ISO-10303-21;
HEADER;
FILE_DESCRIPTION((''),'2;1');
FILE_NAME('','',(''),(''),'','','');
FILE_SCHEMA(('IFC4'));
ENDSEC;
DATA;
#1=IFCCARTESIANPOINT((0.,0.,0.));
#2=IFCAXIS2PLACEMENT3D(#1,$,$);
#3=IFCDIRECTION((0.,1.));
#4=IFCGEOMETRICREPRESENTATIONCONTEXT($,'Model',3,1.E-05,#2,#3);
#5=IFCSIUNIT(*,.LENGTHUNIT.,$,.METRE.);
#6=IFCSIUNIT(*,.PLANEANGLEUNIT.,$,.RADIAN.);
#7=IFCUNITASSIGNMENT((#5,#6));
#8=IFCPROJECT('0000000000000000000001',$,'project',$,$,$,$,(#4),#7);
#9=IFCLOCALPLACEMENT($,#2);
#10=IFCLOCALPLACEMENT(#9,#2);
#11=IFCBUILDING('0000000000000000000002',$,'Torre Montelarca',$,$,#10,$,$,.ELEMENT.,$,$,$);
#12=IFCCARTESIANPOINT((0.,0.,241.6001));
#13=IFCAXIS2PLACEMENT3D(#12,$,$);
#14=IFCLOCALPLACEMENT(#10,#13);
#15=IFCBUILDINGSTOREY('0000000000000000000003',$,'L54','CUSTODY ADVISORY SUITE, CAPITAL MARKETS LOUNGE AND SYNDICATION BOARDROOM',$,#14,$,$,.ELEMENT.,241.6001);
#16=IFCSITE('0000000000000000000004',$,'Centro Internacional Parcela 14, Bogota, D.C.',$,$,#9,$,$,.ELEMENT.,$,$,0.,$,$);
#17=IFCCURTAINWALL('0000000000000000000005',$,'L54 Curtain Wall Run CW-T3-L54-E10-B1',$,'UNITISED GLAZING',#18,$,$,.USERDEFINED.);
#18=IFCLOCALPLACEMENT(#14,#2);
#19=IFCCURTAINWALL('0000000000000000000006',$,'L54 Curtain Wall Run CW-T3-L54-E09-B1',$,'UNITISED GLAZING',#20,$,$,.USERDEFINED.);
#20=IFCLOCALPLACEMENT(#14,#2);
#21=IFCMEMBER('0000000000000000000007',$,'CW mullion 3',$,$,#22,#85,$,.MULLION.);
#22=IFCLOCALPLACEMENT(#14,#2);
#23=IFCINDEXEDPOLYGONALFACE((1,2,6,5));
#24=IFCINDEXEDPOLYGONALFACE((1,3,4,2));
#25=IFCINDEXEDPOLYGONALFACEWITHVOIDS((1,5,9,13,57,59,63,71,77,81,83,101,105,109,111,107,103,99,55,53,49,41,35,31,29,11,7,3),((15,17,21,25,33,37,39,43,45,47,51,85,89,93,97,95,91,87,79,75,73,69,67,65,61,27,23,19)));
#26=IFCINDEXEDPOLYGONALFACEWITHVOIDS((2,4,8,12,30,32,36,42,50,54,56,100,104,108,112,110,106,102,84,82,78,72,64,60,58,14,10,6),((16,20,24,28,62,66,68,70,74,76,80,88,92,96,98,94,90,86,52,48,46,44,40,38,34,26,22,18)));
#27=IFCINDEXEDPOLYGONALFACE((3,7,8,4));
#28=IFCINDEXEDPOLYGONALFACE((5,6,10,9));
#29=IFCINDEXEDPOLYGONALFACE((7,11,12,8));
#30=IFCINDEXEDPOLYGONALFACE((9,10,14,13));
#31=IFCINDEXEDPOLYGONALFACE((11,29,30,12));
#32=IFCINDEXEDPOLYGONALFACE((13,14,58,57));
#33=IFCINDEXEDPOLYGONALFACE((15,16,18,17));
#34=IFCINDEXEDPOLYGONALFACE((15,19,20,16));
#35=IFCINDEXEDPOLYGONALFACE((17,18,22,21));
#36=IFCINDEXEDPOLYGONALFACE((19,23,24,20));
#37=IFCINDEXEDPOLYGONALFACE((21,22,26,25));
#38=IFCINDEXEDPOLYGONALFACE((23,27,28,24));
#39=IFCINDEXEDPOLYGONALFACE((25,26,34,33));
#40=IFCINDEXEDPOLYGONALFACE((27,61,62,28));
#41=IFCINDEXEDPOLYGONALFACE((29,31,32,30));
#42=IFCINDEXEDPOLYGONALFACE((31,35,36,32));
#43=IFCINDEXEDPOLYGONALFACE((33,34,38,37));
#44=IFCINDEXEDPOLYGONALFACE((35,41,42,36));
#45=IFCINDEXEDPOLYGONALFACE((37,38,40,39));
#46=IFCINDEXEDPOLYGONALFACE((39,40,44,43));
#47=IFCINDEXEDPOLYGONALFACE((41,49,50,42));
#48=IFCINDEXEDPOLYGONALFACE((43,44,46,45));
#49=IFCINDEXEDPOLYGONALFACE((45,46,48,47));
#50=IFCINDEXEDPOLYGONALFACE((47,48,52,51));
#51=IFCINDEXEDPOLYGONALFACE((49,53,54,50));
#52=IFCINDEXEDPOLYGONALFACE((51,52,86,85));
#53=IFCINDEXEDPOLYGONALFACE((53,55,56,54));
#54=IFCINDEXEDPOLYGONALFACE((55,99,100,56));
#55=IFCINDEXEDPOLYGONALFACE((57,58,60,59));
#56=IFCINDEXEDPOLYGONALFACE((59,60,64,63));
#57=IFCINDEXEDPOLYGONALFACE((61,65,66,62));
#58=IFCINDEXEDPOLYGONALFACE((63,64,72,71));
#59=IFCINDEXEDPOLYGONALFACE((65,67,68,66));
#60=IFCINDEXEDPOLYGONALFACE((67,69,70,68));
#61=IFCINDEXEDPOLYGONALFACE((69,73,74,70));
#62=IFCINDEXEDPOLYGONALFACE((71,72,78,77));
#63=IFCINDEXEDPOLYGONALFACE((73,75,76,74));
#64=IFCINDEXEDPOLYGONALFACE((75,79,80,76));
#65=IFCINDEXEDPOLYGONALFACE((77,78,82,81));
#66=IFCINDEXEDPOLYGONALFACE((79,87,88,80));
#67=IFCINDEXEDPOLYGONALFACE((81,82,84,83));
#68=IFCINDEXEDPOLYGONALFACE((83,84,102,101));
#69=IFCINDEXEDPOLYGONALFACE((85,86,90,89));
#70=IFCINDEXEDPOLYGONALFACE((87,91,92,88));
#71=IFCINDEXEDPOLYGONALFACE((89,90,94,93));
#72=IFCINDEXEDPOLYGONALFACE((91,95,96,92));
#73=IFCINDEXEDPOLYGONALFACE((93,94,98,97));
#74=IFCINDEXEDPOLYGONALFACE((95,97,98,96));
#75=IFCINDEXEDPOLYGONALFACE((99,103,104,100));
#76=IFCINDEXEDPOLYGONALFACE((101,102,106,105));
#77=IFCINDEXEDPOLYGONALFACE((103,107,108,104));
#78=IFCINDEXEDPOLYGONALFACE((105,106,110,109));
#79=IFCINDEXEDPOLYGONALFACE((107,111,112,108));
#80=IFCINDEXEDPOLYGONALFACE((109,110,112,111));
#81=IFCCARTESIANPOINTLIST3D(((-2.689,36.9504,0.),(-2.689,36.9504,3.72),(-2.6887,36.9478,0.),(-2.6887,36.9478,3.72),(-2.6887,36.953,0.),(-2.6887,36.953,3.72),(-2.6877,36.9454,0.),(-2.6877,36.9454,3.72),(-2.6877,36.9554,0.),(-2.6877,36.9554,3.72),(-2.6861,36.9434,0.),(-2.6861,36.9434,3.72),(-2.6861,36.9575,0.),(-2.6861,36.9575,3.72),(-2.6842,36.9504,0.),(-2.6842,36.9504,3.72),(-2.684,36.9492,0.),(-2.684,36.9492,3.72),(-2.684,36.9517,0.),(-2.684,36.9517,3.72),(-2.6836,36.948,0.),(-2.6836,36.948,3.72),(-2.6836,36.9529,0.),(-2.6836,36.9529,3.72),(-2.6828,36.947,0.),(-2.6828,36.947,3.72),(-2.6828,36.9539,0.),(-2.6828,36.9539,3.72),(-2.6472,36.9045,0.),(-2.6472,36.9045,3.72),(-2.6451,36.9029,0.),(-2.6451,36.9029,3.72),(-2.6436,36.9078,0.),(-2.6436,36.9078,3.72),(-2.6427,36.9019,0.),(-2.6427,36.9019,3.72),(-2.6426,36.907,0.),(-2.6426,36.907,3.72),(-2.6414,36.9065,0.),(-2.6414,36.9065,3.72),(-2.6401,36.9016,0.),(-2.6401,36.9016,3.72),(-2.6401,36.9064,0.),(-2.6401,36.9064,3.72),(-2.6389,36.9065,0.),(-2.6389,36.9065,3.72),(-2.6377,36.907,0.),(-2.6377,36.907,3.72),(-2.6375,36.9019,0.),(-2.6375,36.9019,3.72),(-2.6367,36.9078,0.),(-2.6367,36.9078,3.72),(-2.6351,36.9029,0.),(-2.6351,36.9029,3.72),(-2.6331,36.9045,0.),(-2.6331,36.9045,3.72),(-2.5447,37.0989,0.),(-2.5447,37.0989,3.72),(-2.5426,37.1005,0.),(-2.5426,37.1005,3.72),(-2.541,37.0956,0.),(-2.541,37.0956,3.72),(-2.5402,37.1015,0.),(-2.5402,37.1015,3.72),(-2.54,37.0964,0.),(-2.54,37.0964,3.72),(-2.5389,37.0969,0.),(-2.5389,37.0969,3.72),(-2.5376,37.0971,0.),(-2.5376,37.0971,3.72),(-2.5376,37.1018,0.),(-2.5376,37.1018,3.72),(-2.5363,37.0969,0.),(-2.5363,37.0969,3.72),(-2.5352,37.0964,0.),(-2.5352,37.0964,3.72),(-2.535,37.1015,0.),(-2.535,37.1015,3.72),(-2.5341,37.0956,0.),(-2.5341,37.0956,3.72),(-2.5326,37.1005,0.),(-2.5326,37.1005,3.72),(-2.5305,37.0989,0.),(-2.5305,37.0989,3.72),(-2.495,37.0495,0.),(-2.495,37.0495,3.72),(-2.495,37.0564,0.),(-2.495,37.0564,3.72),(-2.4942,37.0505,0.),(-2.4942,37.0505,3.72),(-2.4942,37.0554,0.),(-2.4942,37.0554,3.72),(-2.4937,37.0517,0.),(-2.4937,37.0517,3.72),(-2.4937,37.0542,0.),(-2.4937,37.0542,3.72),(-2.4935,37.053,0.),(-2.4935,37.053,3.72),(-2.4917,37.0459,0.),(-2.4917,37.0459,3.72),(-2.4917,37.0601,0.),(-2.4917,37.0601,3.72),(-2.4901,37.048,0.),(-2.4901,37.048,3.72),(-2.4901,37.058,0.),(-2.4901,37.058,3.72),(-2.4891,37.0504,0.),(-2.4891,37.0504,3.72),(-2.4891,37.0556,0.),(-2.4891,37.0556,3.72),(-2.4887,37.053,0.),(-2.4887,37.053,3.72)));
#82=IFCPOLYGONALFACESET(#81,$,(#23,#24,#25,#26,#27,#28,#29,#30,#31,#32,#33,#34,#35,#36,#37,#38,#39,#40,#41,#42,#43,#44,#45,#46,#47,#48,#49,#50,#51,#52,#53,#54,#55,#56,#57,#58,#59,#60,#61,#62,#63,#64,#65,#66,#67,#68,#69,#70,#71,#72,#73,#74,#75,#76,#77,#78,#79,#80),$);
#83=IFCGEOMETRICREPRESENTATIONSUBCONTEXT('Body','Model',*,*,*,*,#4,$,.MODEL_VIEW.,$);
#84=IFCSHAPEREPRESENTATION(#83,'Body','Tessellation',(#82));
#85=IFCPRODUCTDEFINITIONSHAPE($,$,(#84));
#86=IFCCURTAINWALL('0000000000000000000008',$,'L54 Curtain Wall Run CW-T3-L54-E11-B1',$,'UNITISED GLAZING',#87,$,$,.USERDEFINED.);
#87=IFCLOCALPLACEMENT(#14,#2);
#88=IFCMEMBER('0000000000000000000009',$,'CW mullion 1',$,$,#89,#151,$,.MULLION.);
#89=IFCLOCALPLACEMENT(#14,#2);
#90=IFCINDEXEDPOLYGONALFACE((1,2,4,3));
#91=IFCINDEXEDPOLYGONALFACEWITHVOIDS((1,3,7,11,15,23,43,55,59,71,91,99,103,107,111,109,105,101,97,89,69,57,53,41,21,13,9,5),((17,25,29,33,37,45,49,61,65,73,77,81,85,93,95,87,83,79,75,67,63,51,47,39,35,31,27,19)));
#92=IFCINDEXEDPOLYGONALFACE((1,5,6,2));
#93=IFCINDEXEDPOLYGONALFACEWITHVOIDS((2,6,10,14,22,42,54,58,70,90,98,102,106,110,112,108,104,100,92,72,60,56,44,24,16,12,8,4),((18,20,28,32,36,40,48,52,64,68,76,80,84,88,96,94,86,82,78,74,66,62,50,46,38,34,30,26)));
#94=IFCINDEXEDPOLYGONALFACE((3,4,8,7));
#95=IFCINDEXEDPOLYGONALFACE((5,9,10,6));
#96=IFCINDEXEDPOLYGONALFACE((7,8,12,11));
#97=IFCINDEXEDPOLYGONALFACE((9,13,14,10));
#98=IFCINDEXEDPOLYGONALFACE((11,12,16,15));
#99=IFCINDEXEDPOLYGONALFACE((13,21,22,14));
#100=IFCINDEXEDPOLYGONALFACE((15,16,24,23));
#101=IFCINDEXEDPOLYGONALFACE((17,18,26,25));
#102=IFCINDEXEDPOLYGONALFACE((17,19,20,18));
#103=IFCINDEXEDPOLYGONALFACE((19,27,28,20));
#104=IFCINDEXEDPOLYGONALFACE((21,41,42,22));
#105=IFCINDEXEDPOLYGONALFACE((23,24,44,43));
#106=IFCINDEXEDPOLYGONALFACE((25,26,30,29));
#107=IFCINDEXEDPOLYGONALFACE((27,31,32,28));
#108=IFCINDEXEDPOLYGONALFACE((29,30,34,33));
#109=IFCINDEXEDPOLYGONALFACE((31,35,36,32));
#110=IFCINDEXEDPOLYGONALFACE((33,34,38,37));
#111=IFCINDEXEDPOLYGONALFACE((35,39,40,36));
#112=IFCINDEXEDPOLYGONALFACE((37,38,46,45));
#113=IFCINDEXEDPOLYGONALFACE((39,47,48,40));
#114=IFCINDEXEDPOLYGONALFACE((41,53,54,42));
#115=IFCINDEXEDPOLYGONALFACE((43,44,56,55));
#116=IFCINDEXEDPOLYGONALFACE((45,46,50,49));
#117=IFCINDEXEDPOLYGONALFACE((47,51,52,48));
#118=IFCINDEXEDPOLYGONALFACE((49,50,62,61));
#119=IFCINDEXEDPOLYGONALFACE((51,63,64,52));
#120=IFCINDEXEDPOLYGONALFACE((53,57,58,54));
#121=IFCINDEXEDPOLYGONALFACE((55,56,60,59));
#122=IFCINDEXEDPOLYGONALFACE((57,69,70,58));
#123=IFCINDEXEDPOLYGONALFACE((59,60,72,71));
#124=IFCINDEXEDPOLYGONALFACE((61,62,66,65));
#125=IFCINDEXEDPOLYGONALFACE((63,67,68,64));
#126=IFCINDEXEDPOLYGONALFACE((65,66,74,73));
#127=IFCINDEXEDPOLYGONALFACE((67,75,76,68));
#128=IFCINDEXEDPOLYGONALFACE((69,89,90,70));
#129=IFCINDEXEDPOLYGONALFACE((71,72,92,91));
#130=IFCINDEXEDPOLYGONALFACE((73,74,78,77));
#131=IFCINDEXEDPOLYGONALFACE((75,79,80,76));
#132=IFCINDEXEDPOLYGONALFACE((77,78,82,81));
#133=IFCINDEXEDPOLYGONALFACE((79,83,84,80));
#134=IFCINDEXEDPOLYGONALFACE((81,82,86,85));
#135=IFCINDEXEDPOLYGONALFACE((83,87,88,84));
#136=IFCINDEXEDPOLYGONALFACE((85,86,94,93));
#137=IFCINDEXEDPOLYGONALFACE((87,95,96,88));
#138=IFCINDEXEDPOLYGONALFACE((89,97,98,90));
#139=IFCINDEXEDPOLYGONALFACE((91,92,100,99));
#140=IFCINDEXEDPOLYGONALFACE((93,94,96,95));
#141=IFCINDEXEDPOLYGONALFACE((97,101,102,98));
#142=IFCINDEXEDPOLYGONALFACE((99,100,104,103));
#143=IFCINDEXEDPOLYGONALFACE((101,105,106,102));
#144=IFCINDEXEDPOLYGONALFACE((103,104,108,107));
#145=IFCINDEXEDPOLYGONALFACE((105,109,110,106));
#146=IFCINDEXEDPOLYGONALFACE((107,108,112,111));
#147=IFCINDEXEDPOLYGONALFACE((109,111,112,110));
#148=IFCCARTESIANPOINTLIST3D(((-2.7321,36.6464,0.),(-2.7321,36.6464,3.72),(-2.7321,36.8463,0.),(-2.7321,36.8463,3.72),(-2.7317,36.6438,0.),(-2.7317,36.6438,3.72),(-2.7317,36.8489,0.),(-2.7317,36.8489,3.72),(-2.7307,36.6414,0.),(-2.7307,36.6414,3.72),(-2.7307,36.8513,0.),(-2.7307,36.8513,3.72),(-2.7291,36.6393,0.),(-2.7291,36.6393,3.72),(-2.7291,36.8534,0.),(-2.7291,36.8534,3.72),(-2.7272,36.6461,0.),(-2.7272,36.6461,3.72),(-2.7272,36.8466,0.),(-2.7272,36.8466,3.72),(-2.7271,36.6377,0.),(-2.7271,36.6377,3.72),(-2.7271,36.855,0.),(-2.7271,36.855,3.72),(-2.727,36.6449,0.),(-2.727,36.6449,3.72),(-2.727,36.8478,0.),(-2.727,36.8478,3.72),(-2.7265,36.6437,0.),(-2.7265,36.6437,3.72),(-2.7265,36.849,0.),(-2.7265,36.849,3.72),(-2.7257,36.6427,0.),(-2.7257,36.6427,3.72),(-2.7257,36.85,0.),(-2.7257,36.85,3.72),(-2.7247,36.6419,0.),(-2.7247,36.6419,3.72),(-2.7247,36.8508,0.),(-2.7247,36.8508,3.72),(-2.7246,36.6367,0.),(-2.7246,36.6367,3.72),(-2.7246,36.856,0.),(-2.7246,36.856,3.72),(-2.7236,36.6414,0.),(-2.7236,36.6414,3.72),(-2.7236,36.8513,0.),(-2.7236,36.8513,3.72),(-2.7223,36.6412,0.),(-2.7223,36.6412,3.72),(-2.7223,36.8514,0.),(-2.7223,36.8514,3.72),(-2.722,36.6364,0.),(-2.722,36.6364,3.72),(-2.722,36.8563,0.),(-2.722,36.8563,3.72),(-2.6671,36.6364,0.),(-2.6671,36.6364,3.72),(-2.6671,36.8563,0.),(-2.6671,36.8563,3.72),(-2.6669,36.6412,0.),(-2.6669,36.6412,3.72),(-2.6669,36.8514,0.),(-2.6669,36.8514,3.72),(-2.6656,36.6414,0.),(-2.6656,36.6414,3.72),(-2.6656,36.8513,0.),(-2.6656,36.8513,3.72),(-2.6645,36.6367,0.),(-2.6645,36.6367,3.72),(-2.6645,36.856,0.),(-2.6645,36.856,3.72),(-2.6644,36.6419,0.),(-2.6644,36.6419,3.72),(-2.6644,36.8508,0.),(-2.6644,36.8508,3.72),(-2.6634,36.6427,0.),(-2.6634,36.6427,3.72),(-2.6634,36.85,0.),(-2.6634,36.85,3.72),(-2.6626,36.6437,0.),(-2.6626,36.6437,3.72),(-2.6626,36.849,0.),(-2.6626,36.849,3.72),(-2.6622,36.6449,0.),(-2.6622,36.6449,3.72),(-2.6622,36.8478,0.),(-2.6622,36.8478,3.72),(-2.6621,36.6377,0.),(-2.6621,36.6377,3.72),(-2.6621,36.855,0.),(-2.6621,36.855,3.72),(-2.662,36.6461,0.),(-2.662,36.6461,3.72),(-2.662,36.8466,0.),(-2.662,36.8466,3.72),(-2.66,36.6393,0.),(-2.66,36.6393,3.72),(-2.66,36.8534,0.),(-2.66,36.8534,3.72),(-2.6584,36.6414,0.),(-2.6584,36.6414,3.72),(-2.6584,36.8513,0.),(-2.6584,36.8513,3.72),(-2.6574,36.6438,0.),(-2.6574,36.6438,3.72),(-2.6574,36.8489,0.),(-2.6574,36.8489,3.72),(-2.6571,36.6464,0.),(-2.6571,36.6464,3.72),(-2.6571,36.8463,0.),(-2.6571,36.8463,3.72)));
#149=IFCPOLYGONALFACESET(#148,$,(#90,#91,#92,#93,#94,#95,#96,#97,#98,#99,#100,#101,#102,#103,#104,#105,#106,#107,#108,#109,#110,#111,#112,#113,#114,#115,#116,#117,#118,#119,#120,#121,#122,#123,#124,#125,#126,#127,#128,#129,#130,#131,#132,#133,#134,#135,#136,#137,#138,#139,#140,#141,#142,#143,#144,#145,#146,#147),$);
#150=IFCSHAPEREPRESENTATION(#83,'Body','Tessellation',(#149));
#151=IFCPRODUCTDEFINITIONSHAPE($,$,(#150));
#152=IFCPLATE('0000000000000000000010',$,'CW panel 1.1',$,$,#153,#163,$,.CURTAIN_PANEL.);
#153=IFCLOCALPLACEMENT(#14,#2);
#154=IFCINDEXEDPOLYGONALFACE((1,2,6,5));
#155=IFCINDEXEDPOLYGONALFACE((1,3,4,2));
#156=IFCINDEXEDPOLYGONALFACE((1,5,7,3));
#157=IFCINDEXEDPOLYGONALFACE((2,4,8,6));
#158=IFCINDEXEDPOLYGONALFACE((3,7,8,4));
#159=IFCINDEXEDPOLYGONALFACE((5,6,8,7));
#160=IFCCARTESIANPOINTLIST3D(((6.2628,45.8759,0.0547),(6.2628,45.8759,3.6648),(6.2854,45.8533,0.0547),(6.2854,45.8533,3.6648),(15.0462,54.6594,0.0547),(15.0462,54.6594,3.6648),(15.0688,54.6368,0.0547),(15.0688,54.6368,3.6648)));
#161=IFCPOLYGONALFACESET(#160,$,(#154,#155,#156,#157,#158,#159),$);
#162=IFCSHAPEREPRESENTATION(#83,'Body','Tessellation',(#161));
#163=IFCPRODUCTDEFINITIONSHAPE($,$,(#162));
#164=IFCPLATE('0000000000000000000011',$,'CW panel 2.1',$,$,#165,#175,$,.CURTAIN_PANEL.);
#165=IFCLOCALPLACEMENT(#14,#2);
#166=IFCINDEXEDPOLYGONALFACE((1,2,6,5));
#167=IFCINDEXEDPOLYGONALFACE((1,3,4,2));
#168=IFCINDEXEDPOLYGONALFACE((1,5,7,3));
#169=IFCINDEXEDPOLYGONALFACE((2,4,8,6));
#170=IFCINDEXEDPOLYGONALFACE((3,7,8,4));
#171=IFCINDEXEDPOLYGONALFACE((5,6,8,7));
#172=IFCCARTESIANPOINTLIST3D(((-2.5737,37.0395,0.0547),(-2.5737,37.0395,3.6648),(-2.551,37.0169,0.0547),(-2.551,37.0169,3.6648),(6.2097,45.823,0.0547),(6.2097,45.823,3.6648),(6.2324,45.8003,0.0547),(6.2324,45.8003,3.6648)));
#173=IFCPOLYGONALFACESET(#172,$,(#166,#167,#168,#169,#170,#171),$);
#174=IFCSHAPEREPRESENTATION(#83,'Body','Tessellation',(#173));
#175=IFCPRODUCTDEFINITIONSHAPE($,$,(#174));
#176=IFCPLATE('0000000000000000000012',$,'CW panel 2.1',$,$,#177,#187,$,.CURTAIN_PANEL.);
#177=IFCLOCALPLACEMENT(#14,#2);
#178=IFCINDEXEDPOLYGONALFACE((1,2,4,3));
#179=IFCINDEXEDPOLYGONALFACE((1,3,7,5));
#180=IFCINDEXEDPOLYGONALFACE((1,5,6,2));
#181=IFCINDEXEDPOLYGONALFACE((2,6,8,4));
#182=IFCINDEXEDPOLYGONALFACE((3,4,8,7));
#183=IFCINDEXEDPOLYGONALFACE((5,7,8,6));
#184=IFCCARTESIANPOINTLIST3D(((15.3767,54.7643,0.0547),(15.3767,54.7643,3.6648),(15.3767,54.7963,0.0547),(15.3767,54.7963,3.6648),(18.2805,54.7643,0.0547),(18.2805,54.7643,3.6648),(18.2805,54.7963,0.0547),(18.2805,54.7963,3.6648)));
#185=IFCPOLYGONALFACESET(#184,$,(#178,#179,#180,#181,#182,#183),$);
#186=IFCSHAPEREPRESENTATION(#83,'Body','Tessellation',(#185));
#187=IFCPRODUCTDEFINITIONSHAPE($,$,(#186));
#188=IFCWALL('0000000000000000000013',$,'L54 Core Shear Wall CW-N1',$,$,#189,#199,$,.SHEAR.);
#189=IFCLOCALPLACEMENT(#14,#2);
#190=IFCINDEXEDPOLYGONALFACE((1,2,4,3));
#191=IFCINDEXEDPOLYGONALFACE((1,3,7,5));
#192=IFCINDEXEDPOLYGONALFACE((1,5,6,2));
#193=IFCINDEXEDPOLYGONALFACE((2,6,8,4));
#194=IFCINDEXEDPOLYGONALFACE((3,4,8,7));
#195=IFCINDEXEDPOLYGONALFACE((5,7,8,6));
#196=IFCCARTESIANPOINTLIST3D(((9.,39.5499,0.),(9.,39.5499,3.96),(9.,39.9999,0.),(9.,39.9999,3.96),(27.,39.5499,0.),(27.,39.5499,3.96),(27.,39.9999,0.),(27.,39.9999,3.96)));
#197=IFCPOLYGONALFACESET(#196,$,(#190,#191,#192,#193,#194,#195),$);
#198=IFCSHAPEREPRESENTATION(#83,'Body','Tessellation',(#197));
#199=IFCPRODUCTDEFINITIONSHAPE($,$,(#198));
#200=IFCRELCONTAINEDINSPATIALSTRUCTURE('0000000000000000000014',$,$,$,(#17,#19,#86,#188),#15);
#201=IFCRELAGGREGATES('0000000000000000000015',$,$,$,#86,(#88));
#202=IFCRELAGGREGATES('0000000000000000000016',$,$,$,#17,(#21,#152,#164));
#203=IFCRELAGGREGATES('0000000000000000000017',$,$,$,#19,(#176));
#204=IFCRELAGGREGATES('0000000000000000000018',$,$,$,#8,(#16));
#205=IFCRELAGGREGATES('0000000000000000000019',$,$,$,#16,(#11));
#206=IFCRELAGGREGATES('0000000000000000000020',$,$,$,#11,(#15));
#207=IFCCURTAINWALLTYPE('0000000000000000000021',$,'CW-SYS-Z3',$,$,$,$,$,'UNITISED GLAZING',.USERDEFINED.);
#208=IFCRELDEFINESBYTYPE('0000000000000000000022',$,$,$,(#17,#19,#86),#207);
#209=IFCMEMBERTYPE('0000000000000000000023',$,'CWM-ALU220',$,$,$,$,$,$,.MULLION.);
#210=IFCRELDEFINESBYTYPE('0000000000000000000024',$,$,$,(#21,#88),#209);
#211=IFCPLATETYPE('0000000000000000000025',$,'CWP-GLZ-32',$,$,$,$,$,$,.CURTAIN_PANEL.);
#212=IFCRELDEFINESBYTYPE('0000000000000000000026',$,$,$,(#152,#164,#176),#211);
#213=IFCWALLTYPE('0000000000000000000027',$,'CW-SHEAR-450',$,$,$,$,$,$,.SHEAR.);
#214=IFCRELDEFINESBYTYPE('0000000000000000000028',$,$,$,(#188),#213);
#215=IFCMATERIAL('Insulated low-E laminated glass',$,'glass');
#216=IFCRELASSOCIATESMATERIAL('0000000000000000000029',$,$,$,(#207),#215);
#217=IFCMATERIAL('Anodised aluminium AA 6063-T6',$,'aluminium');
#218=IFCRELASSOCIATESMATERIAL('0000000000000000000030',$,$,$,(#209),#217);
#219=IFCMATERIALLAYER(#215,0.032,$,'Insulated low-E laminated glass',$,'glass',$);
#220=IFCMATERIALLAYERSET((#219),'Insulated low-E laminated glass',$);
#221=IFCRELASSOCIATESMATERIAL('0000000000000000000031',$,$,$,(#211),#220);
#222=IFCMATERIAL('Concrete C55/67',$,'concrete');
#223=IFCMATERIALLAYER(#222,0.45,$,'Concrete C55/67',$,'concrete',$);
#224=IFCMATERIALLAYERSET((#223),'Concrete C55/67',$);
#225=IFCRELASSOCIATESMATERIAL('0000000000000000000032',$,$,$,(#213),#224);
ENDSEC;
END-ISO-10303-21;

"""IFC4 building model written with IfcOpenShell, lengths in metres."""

from ifc_helpers import new_model, si_unit, direction, frame, frame_2d, origin, origin_2d, place, context, subcontext, project, spatial, rectangle, hollow_rectangle, extrude, source, transform, mapped, material, layer, layer_set, material_profile, profile_set, type_object, element, aggregate, save


model = new_model("IFC4")

# Units and contexts
model_context = context("Model", 3, precision=1e-05, world=origin(), true_north=direction((0.0, 1.0)))
body_context = subcontext(model_context, "Body", "Model", "MODEL_VIEW")
ifc_project = project(units=[si_unit("LENGTHUNIT", "METRE"), si_unit("PLANEANGLEUNIT", "RADIAN")], contexts=[model_context])

# Site, building, storey
site_placement = place(None, origin())
site = spatial("IfcSite", under=ifc_project, at=site_placement, Name="Centro Internacional Parcela 14, Bogota, D.C.", CompositionType="ELEMENT", RefElevation=0.0)
building_placement = place(site_placement, origin())
building = spatial("IfcBuilding", under=site, at=building_placement, Name="Torre Montelarca", CompositionType="ELEMENT")
storey_placement = place(building_placement, frame((0.0, 0.0, 241.6001)))
storey = spatial("IfcBuildingStorey", under=building, at=storey_placement, Name="L54", Description="CUSTODY ADVISORY SUITE, CAPITAL MARKETS LOUNGE AND SYNDICATION BOARDROOM", CompositionType="ELEMENT", Elevation=241.6001)

# Shared definitions
ifc_material_1 = material(Name="Concrete C55/67", Category="concrete")

# Curtain wall
ifc_material_2 = material(Name="Insulated low-E laminated glass", Category="glass")
curtain_wall_type = type_object("IfcCurtainWallType", Name="CW-SYS-Z3", ElementType="UNITISED GLAZING", PredefinedType="USERDEFINED", material=ifc_material_2)
curtain_wall_1_placement = place(storey_placement, origin())
curtain_wall_1 = element("IfcCurtainWall", 1, at=curtain_wall_1_placement, inside=storey, type_object=curtain_wall_type, Name="L54 Curtain Wall Run CW-T3-L54-E10-B1", ObjectType="UNITISED GLAZING", PredefinedType="USERDEFINED")
ifc_material_3 = material(Name="Anodised aluminium AA 6063-T6", Category="aluminium")

# Curtain wall
curtain_wall_2_placement = place(storey_placement, origin())
curtain_wall_2 = element("IfcCurtainWall", 2, at=curtain_wall_2_placement, inside=storey, type_object=curtain_wall_type, Name="L54 Curtain Wall Run CW-T3-L54-E09-B1", ObjectType="UNITISED GLAZING", PredefinedType="USERDEFINED")
ifc_material_profile_1 = material_profile(ifc_material_3, hollow_rectangle(XDim=0.075, YDim=0.22, WallThickness=0.0049, InnerFilletRadius=0.0049, OuterFilletRadius=0.01, at=origin_2d()), Name="ALU75X220X5", Category="aluminium")
ifc_profile_set_1 = profile_set([ifc_material_profile_1], Name="Anodised aluminium AA 6063-T6")
member_type_1 = type_object("IfcMemberType", Name="CWM-ALU220", PredefinedType="MULLION", material=ifc_profile_set_1)
shared_shape_1 = source(origin(), body_context, "Body", "SweptSolid", [
    extrude(hollow_rectangle(XDim=0.075, YDim=0.22, WallThickness=0.0049, InnerFilletRadius=0.0049, OuterFilletRadius=0.01, at=origin_2d()), origin(), (0.0, 0.0, 1.0), 3.72),
])

# Member
member_1_placement = place(storey_placement, frame((-2.5889, 37.0017, 0.0), z_axis=(0.0, 0.0, 1.0), x_axis=(0.707109, -0.707105, 0.0)))
member_1 = element("IfcMember", 3, at=member_1_placement, type_object=member_type_1, Name="CW mullion 3", PredefinedType="MULLION", context=body_context, shape_type="MappedRepresentation", body=[
    mapped(shared_shape_1, transform((0.0, 0.0, 0.0), scale=1.0)),
])

# Curtain wall, member
curtain_wall_3_placement = place(storey_placement, origin())
curtain_wall_3 = element("IfcCurtainWall", 4, at=curtain_wall_3_placement, inside=storey, type_object=curtain_wall_type, Name="L54 Curtain Wall Run CW-T3-L54-E11-B1", ObjectType="UNITISED GLAZING", PredefinedType="USERDEFINED")
member_2_placement = place(storey_placement, frame((-2.6946, 36.7463, 0.0), z_axis=(0.0, 0.0, 1.0), x_axis=(1.0, 0.0, 0.0)))
member_2 = element("IfcMember", 5, at=member_2_placement, type_object=member_type_1, Name="CW mullion 1", PredefinedType="MULLION", context=body_context, shape_type="MappedRepresentation", body=[
    mapped(shared_shape_1, transform((0.0, 0.0, 0.0), scale=1.0)),
])
aggregate(curtain_wall_3, [member_2])

# Plates
ifc_layer_1 = layer(ifc_material_2, 0.032, Name="Insulated low-E laminated glass", Category="glass")
ifc_layer_set_1 = layer_set([ifc_layer_1], Name="Insulated low-E laminated glass")
plate_type = type_object("IfcPlateType", Name="CWP-GLZ-32", PredefinedType="CURTAIN_PANEL", material=ifc_layer_set_1)
shared_shape_2 = source(origin(), body_context, "Body", "SweptSolid", [
    extrude(rectangle(XDim=12.4216, YDim=0.032, at=origin_2d()), origin(), (0.0, 0.0, 1.0), 3.6101),
])
plate_1_placement = place(storey_placement, frame((10.6658, 50.2563, 0.0547), z_axis=(0.0, 0.0, 1.0), x_axis=(-0.707105, -0.707109, 0.0)))
plate_1 = element("IfcPlate", 6, at=plate_1_placement, type_object=plate_type, Name="CW panel 1.1", PredefinedType="CURTAIN_PANEL", context=body_context, shape_type="MappedRepresentation", body=[
    mapped(shared_shape_2, transform((0.0, 0.0, 0.0), scale=1.0)),
])
plate_2_placement = place(storey_placement, frame((1.8293, 41.4199, 0.0547), z_axis=(0.0, 0.0, 1.0), x_axis=(-0.707105, -0.707109, 0.0)))
plate_2 = element("IfcPlate", 7, at=plate_2_placement, type_object=plate_type, Name="CW panel 2.1", PredefinedType="CURTAIN_PANEL", context=body_context, shape_type="MappedRepresentation", body=[
    mapped(shared_shape_2, transform((0.0, 0.0, 0.0), scale=1.0)),
])
aggregate(curtain_wall_1, [member_1, plate_1, plate_2])
shared_shape_3 = source(origin(), body_context, "Body", "SweptSolid", [
    extrude(rectangle(XDim=2.9038, YDim=0.032, at=origin_2d()), origin(), (0.0, 0.0, 1.0), 3.6101),
])
plate_3_placement = place(storey_placement, frame((16.8286, 54.7803, 0.0547), z_axis=(0.0, 0.0, 1.0), x_axis=(-1.0, 0.0, 0.0)))
plate_3 = element("IfcPlate", 8, at=plate_3_placement, type_object=plate_type, Name="CW panel 2.1", PredefinedType="CURTAIN_PANEL", context=body_context, shape_type="MappedRepresentation", body=[
    mapped(shared_shape_3, transform((0.0, 0.0, 0.0), scale=1.0)),
])
aggregate(curtain_wall_2, [plate_3])

# Wall
ifc_layer_2 = layer(ifc_material_1, 0.45, Name="Concrete C55/67", Category="concrete")
ifc_layer_set_2 = layer_set([ifc_layer_2], Name="Concrete C55/67")
wall_type_1 = type_object("IfcWallType", Name="CW-SHEAR-450", PredefinedType="SHEAR", material=ifc_layer_set_2)
wall_1_placement = place(storey_placement, frame((9.0, 39.7749, 0.0), z_axis=(0.0, 0.0, 1.0), x_axis=(1.0, 0.0, 0.0)))
element("IfcWall", 9, at=wall_1_placement, inside=storey, type_object=wall_type_1, Name="L54 Core Shear Wall CW-N1", PredefinedType="SHEAR", context=body_context, shape_type="SweptSolid", body=[
    extrude(rectangle(XDim=18.0, YDim=0.45, at=frame_2d((9.0, 0.0))), origin(), (0.0, 0.0, 1.0), 3.96),
])

save(model, "model.ifc")
